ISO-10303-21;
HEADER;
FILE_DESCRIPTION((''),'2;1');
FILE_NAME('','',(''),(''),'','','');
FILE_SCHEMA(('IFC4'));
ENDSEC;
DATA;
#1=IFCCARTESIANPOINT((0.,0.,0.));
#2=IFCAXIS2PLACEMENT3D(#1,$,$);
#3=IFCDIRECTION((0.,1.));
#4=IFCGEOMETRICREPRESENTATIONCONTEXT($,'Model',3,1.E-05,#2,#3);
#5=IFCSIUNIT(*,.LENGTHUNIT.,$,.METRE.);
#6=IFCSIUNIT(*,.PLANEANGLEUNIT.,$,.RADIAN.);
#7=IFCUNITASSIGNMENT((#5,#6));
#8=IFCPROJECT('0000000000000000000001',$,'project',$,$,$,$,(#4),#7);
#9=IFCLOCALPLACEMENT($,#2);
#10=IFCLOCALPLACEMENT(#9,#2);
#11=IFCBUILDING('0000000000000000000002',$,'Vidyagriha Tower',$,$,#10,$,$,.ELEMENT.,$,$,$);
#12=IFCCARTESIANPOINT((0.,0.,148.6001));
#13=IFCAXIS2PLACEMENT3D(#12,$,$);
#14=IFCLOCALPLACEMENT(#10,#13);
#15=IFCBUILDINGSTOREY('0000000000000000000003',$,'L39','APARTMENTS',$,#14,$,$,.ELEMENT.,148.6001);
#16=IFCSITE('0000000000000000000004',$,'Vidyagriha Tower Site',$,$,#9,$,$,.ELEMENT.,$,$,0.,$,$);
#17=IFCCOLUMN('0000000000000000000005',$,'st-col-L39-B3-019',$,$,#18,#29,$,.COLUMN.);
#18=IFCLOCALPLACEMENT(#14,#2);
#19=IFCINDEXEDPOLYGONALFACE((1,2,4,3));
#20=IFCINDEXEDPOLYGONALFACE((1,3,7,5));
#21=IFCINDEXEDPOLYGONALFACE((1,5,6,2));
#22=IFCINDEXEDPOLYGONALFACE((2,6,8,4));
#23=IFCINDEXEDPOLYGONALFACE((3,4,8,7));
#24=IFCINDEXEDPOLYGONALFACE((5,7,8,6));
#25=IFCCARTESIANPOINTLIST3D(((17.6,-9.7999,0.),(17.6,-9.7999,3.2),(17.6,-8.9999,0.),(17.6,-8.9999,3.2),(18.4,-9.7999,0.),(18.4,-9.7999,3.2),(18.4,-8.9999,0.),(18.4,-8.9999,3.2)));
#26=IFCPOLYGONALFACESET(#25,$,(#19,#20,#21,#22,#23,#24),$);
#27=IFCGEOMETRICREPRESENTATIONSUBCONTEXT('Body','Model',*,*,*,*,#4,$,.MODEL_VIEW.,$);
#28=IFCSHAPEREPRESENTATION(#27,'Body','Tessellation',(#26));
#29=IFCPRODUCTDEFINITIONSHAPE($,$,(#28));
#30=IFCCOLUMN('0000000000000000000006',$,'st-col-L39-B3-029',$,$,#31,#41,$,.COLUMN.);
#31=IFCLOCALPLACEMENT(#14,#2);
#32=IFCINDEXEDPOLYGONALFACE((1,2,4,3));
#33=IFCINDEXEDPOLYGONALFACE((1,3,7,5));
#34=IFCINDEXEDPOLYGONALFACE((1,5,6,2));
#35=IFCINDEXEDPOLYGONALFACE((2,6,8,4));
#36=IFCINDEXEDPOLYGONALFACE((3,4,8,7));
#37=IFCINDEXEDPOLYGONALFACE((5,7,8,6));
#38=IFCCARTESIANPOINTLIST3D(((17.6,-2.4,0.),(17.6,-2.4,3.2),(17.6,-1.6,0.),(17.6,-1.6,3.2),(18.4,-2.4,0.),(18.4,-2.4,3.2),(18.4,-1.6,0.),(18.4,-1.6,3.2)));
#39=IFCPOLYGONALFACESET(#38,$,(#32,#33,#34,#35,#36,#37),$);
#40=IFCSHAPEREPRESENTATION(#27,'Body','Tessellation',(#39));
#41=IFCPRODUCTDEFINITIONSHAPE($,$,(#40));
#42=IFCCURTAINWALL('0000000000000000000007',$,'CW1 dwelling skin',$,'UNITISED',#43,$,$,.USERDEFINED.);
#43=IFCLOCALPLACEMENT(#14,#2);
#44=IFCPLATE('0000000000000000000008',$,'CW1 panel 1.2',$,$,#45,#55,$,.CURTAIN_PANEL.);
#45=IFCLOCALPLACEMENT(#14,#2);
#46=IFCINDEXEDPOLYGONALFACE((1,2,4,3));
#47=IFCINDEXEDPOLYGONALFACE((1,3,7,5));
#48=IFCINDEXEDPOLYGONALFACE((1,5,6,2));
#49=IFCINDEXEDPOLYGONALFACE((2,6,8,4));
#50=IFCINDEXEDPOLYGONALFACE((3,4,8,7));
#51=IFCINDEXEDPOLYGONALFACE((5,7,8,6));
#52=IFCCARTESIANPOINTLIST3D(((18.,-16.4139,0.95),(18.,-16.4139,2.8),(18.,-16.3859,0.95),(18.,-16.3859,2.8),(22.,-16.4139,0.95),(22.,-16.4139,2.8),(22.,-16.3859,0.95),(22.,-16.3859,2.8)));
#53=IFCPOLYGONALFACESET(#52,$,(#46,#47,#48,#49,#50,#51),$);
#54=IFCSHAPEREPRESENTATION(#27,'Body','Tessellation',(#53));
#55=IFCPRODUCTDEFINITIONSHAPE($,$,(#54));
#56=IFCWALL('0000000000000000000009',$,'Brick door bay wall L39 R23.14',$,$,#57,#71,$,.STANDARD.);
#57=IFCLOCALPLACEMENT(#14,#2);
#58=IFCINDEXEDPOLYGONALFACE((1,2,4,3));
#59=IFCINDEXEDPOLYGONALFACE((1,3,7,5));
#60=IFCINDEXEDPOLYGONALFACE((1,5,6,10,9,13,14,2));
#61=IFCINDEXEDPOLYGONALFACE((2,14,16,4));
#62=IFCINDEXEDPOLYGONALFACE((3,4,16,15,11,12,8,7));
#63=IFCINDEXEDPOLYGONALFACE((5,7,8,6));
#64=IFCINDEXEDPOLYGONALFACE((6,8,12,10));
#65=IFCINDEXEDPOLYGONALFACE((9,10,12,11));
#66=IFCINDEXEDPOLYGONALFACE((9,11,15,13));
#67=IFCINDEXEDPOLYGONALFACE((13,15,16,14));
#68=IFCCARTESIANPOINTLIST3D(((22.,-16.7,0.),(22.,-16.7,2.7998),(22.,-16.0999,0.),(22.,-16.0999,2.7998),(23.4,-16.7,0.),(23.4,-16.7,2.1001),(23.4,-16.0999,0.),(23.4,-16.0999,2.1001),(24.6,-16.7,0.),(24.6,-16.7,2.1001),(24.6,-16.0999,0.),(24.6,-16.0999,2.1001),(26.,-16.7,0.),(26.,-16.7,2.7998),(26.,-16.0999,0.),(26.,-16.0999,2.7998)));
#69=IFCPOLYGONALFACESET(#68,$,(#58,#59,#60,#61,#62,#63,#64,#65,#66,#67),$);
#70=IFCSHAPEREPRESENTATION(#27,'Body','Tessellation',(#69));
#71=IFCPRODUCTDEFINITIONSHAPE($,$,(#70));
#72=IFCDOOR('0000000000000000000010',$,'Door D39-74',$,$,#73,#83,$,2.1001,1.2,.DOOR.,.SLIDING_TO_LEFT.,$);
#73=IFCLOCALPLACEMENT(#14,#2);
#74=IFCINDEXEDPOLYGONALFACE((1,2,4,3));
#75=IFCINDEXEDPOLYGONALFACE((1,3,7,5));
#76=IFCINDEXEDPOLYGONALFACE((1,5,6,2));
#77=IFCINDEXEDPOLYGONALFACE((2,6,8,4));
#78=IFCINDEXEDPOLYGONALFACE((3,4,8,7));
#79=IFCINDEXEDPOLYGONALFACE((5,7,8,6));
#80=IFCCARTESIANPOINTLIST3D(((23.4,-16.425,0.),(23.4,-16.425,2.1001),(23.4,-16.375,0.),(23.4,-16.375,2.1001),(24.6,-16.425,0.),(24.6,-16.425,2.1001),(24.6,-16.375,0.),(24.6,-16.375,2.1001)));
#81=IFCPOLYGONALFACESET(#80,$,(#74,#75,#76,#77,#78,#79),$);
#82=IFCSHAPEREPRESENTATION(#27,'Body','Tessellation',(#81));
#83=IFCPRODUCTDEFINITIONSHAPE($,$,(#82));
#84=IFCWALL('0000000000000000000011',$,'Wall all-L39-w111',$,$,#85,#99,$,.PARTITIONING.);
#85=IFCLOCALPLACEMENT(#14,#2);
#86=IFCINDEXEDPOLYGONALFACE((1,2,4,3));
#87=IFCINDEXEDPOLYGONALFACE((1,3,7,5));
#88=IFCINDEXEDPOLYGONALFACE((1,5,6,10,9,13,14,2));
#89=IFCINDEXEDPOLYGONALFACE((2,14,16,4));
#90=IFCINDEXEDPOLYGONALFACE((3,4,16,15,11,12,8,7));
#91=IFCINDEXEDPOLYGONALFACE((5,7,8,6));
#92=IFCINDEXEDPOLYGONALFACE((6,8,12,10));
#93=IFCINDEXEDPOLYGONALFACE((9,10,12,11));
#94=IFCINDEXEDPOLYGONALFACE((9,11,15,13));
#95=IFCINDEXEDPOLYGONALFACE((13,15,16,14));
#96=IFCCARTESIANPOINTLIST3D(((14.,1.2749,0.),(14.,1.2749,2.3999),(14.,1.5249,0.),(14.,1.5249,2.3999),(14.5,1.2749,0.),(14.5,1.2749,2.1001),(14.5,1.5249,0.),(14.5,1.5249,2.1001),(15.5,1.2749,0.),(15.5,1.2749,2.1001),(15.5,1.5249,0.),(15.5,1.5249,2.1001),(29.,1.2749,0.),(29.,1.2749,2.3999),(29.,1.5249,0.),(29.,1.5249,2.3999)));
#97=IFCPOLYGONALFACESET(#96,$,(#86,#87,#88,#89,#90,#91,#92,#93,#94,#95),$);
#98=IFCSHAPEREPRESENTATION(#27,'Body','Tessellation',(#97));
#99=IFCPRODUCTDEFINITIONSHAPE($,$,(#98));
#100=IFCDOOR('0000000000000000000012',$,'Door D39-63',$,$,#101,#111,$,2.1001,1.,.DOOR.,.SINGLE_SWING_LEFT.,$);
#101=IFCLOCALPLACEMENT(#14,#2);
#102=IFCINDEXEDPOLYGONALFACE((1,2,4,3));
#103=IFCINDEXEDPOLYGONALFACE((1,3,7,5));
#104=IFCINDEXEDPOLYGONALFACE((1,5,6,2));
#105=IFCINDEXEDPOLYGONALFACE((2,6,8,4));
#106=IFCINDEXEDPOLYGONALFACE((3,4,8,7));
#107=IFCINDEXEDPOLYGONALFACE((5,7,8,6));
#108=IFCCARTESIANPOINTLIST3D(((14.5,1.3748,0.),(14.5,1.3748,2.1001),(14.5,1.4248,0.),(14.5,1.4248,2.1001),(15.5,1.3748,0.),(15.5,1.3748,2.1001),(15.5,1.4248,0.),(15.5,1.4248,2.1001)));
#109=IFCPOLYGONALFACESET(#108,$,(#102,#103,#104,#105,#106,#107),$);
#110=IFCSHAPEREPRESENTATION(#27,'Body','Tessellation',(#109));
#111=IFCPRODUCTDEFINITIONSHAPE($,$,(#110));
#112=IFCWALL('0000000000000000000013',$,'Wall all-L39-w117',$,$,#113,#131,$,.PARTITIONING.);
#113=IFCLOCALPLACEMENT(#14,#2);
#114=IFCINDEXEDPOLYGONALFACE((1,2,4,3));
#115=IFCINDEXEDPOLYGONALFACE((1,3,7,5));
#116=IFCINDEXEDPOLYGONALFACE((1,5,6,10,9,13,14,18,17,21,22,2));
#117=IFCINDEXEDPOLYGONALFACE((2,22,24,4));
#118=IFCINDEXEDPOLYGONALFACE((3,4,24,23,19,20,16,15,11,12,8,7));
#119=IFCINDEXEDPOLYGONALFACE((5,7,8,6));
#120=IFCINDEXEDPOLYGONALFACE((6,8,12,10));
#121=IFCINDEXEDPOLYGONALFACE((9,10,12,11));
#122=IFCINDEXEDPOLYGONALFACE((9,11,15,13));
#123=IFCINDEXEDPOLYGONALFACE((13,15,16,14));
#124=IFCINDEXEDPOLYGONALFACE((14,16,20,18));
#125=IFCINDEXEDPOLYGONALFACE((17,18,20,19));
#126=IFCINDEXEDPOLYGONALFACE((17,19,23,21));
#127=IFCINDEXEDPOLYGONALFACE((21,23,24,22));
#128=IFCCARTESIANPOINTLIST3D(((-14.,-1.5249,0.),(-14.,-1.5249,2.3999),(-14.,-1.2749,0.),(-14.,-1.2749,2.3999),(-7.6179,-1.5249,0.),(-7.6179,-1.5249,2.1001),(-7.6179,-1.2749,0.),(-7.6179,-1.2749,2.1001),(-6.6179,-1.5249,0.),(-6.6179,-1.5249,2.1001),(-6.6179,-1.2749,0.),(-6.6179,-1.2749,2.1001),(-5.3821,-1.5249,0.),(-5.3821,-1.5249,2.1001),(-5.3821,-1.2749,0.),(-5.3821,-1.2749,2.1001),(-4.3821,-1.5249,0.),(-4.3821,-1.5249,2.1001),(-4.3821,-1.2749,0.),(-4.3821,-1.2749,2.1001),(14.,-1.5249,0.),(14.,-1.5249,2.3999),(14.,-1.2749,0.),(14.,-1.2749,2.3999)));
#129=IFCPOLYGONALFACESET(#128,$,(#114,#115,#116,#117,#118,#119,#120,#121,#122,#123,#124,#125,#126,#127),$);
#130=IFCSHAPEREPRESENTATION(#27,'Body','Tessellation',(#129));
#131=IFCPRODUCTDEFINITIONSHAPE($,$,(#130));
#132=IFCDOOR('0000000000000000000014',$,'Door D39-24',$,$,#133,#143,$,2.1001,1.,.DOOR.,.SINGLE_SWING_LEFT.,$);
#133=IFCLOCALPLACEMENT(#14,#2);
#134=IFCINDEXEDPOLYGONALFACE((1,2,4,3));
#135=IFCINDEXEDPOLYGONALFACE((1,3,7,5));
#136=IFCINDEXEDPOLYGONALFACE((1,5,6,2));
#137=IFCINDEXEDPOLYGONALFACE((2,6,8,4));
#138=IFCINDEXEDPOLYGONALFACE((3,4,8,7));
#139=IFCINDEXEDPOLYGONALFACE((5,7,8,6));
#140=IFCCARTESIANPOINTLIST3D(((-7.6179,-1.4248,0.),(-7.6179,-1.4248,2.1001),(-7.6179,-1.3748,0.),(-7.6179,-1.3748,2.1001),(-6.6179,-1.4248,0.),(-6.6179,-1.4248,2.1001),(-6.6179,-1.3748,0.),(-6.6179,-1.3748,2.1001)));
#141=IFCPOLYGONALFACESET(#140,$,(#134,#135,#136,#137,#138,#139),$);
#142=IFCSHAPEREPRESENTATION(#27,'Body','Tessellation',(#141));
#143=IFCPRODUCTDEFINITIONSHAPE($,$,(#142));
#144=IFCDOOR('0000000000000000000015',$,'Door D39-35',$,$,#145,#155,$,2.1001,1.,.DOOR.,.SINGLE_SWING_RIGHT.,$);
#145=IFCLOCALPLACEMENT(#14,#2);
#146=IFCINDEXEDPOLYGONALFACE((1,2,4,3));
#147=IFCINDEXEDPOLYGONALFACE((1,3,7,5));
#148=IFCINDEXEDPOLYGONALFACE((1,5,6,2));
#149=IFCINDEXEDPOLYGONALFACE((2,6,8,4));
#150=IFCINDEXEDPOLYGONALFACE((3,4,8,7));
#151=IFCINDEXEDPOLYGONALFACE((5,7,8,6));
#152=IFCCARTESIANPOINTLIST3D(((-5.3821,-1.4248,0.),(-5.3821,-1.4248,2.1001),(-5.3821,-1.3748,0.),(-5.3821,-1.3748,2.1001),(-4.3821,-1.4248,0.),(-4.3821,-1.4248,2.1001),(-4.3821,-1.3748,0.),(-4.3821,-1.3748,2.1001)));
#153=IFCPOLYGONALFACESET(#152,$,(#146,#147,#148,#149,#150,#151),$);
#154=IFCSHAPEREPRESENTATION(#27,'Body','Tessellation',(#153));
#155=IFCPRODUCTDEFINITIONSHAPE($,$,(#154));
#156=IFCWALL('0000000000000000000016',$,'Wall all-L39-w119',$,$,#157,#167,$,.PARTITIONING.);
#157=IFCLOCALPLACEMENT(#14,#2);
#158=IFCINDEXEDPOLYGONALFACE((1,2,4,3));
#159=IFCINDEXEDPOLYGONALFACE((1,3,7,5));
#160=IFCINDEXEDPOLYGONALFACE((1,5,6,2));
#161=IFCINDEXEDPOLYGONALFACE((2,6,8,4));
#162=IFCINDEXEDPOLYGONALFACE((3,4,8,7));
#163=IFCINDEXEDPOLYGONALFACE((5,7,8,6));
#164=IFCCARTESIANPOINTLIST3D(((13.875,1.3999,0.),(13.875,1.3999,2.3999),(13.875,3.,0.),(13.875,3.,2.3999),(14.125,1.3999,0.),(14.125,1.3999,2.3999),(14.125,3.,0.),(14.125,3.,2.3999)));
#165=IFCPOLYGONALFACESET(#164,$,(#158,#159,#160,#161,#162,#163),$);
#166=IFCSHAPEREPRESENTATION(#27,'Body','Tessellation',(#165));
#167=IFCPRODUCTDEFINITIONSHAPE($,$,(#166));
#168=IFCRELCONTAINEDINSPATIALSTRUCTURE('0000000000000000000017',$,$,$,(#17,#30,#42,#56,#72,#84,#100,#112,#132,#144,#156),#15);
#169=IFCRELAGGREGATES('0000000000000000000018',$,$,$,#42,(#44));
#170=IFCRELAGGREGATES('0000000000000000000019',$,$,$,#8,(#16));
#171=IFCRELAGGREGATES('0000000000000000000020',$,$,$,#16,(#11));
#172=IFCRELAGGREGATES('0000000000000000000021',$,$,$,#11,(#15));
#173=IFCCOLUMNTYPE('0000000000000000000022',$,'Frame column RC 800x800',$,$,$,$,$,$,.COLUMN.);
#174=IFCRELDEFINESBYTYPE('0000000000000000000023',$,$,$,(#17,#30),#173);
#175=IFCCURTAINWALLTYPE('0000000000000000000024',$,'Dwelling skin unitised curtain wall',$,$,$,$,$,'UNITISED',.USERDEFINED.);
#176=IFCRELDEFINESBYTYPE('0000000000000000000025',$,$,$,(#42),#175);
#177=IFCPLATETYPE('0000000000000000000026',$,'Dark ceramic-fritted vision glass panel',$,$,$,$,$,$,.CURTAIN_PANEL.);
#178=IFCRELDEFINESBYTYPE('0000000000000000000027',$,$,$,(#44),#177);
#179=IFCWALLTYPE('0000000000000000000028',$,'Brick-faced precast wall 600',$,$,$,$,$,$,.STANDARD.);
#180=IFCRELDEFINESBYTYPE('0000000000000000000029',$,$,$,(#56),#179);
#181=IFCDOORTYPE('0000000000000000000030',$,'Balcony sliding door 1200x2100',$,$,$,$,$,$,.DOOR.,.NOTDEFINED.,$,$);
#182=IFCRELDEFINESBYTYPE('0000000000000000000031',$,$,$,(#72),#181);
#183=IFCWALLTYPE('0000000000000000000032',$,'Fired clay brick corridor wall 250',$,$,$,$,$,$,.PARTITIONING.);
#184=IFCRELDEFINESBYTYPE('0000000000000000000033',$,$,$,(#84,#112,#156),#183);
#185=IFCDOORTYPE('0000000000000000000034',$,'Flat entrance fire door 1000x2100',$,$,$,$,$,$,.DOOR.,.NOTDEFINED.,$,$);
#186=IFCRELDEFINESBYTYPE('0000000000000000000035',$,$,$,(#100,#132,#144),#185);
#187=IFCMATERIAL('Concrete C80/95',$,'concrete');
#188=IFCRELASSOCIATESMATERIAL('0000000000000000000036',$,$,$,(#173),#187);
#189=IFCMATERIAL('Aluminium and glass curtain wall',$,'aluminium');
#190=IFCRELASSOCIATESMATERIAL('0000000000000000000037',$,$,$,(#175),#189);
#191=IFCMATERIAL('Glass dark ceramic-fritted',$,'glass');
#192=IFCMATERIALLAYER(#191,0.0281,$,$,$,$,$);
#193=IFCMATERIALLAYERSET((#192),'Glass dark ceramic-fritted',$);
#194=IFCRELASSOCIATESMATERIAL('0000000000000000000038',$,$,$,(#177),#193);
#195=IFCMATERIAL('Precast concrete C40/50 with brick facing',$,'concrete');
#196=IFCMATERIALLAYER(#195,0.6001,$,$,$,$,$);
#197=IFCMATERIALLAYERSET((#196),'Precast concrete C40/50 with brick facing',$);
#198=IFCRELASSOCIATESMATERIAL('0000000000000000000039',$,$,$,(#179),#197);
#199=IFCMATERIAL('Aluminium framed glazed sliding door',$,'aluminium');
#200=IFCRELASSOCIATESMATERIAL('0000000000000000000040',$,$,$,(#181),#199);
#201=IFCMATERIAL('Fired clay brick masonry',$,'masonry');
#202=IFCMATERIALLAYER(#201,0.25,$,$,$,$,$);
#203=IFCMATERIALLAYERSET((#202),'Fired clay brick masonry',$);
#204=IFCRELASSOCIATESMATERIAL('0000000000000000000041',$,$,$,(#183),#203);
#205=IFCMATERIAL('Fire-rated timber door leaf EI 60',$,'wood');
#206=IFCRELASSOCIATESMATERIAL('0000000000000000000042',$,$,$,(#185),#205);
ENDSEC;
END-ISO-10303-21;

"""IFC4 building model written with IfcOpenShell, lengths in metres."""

from ifc_helpers import new_model, si_unit, direction, frame, frame_2d, origin, origin_2d, place, context, subcontext, project, spatial, rectangle, extrude, material, layer, layer_set, material_profile, profile_set, type_object, element, fill, aggregate, save


model = new_model("IFC4")

# Units and contexts
model_context = context("Model", 3, precision=1e-05, world=origin(), true_north=direction((0.0, 1.0)))
body_context = subcontext(model_context, "Body", "Model", "MODEL_VIEW")
ifc_project = project(units=[si_unit("LENGTHUNIT", "METRE"), si_unit("PLANEANGLEUNIT", "RADIAN")], contexts=[model_context])

# Site, building, storey
site_placement = place(None, origin())
site = spatial("IfcSite", under=ifc_project, at=site_placement, Name="Vidyagriha Tower Site", CompositionType="ELEMENT", RefElevation=0.0)
building_placement = place(site_placement, origin())
building = spatial("IfcBuilding", under=site, at=building_placement, Name="Vidyagriha Tower", CompositionType="ELEMENT")
storey_placement = place(building_placement, frame((0.0, 0.0, 148.6001)))
storey = spatial("IfcBuildingStorey", under=building, at=storey_placement, Name="L39", Description="APARTMENTS", CompositionType="ELEMENT", Elevation=148.6001)

# Columns
ifc_material_1 = material(Name="Concrete C80/95", Category="concrete")
ifc_material_profile = material_profile(ifc_material_1, rectangle(XDim=0.8, YDim=0.8, at=origin_2d()), Name="RC 800x800")
ifc_profile_set = profile_set([ifc_material_profile], Name="Concrete C80/95")
column_type = type_object("IfcColumnType", Name="Frame column RC 800x800", PredefinedType="COLUMN", material=ifc_profile_set)
for number, where, name in (
    (1, (18.0, -9.3999, 0.0), "st-col-L39-B3-019"),
    (2, (18.0, -2.0, 0.0), "st-col-L39-B3-029"),
):
    element("IfcColumn", number, at=place(storey_placement, frame(where)), inside=storey, type_object=column_type, Name=name, PredefinedType="COLUMN", context=body_context, shape_type="SweptSolid", body=[
        extrude(rectangle(XDim=0.8, YDim=0.8, at=origin_2d()), origin(), (0.0, 0.0, 1.0), 3.2),
    ])

# Curtain wall, plate
ifc_material_2 = material(Name="Aluminium and glass curtain wall", Category="aluminium")
curtain_wall_type = type_object("IfcCurtainWallType", Name="Dwelling skin unitised curtain wall", ElementType="UNITISED", PredefinedType="USERDEFINED", material=ifc_material_2)
curtain_wall_placement = place(storey_placement, origin())
curtain_wall = element("IfcCurtainWall", 3, at=curtain_wall_placement, inside=storey, type_object=curtain_wall_type, Name="CW1 dwelling skin", ObjectType="UNITISED", PredefinedType="USERDEFINED")
ifc_material_3 = material(Name="Glass dark ceramic-fritted", Category="glass")
ifc_layer_1 = layer(ifc_material_3, 0.0281)
ifc_layer_set_1 = layer_set([ifc_layer_1], Name="Glass dark ceramic-fritted")
plate_type = type_object("IfcPlateType", Name="Dark ceramic-fritted vision glass panel", PredefinedType="CURTAIN_PANEL", material=ifc_layer_set_1)
plate_placement = place(storey_placement, frame((20.0, -16.3999, 0.95)))
plate = element("IfcPlate", 4, at=plate_placement, type_object=plate_type, Name="CW1 panel 1.2", PredefinedType="CURTAIN_PANEL", context=body_context, shape_type="SweptSolid", body=[
    extrude(rectangle(XDim=4.0, YDim=0.0281, at=origin_2d()), origin(), (0.0, 0.0, 1.0), 1.8501),
])
aggregate(curtain_wall, [plate])

# Walls, openings, doors
ifc_material_4 = material(Name="Precast concrete C40/50 with brick facing", Category="concrete")
ifc_layer_2 = layer(ifc_material_4, 0.6001)
ifc_layer_set_2 = layer_set([ifc_layer_2], Name="Precast concrete C40/50 with brick facing")
wall_type_1 = type_object("IfcWallType", Name="Brick-faced precast wall 600", PredefinedType="STANDARD", material=ifc_layer_set_2)
wall_1_placement = place(storey_placement, frame((22.0, -16.3999, 0.0)))
wall_1 = element("IfcWall", 5, at=wall_1_placement, inside=storey, type_object=wall_type_1, Name="Brick door bay wall L39 R23.14", PredefinedType="STANDARD", context=body_context, shape_type="SweptSolid", body=[
    extrude(rectangle(XDim=4.0, YDim=0.6001, at=frame_2d((2.0, 0.0))), origin(), (0.0, 0.0, 1.0), 2.7998),
])
opening_1_placement = place(wall_1_placement, frame((1.3999, 0.0, 0.0)))
opening_1 = element("IfcOpeningElement", 6, at=opening_1_placement, cuts=wall_1, PredefinedType="OPENING", context=body_context, shape_type="SweptSolid", body=[
    extrude(rectangle(XDim=1.2, YDim=2.1001, at=frame_2d((0.6001, 1.05))), frame((0.0, 0.3101, 0.0), z_axis=(0.0, -1.0, 0.0), x_axis=(1.0, 0.0, 0.0)), (0.0, 0.0, 1.0), 0.6201),
])
ifc_material_5 = material(Name="Aluminium framed glazed sliding door", Category="aluminium")
door_type_1 = type_object("IfcDoorType", Name="Balcony sliding door 1200x2100", OperationType="NOTDEFINED", PredefinedType="DOOR", material=ifc_material_5)
door_1_placement = place(opening_1_placement, origin())
door_1 = element("IfcDoor", 7, at=door_1_placement, inside=storey, type_object=door_type_1, Name="Door D39-74", OperationType="SLIDING_TO_LEFT", OverallHeight=2.1001, OverallWidth=1.2, PredefinedType="DOOR", context=body_context, shape_type="SweptSolid", body=[
    extrude(rectangle(XDim=1.2, YDim=2.1001, at=frame_2d((0.6001, 1.05))), frame((0.0, 0.0249, 0.0), z_axis=(0.0, -1.0, 0.0), x_axis=(1.0, 0.0, 0.0)), (0.0, 0.0, 1.0), 0.05),
])
fill(opening_1, door_1)
ifc_material_6 = material(Name="Fired clay brick masonry", Category="masonry")
ifc_layer_3 = layer(ifc_material_6, 0.25)
ifc_layer_set_3 = layer_set([ifc_layer_3], Name="Fired clay brick masonry")
wall_type_2 = type_object("IfcWallType", Name="Fired clay brick corridor wall 250", PredefinedType="PARTITIONING", material=ifc_layer_set_3)
wall_2_placement = place(storey_placement, frame((14.0, 1.3999, 0.0)))
wall_2 = element("IfcWall", 8, at=wall_2_placement, inside=storey, type_object=wall_type_2, Name="Wall all-L39-w111", PredefinedType="PARTITIONING", context=body_context, shape_type="SweptSolid", body=[
    extrude(rectangle(XDim=15.0, YDim=0.25, at=frame_2d((7.5, 0.0))), origin(), (0.0, 0.0, 1.0), 2.3999),
])
opening_2_placement = place(wall_2_placement, frame((0.5, 0.0, 0.0)))
opening_2 = element("IfcOpeningElement", 9, at=opening_2_placement, cuts=wall_2, PredefinedType="OPENING", context=body_context, shape_type="SweptSolid", body=[
    extrude(rectangle(XDim=1.0, YDim=2.1001, at=frame_2d((0.5, 1.05))), frame((0.0, 0.135, 0.0), z_axis=(0.0, -1.0, 0.0), x_axis=(1.0, 0.0, 0.0)), (0.0, 0.0, 1.0), 0.27),
])
ifc_material_7 = material(Name="Fire-rated timber door leaf EI 60", Category="wood")
door_type_2 = type_object("IfcDoorType", Name="Flat entrance fire door 1000x2100", OperationType="NOTDEFINED", PredefinedType="DOOR", material=ifc_material_7)
door_2_placement = place(opening_2_placement, origin())
door_2 = element("IfcDoor", 10, at=door_2_placement, inside=storey, type_object=door_type_2, Name="Door D39-63", OperationType="SINGLE_SWING_LEFT", OverallHeight=2.1001, OverallWidth=1.0, PredefinedType="DOOR", context=body_context, shape_type="SweptSolid", body=[
    extrude(rectangle(XDim=1.0, YDim=2.1001, at=frame_2d((0.5, 1.05))), frame((0.0, 0.0249, 0.0), z_axis=(0.0, -1.0, 0.0), x_axis=(1.0, 0.0, 0.0)), (0.0, 0.0, 1.0), 0.05),
])
fill(opening_2, door_2)

# Wall, openings, doors
wall_3_placement = place(storey_placement, frame((14.0, -1.3999, 0.0), z_axis=(0.0, 0.0, 1.0), x_axis=(-1.0, 0.0, 0.0)))
wall_3 = element("IfcWall", 11, at=wall_3_placement, inside=storey, type_object=wall_type_2, Name="Wall all-L39-w117", PredefinedType="PARTITIONING", context=body_context, shape_type="SweptSolid", body=[
    extrude(rectangle(XDim=28.0, YDim=0.25, at=frame_2d((14.0, 0.0))), origin(), (0.0, 0.0, 1.0), 2.3999),
])
opening_3_placement = place(wall_3_placement, frame((20.6179, 0.0, 0.0)))
opening_3 = element("IfcOpeningElement", 12, at=opening_3_placement, cuts=wall_3, PredefinedType="OPENING", context=body_context, shape_type="SweptSolid", body=[
    extrude(rectangle(XDim=1.0, YDim=2.1001, at=frame_2d((0.5, 1.05))), frame((0.0, 0.135, 0.0), z_axis=(0.0, -1.0, 0.0), x_axis=(1.0, 0.0, 0.0)), (0.0, 0.0, 1.0), 0.27),
])
opening_4_placement = place(wall_3_placement, frame((18.3821, 0.0, 0.0)))
opening_4 = element("IfcOpeningElement", 13, at=opening_4_placement, cuts=wall_3, PredefinedType="OPENING", context=body_context, shape_type="SweptSolid", body=[
    extrude(rectangle(XDim=1.0, YDim=2.1001, at=frame_2d((0.5, 1.05))), frame((0.0, 0.135, 0.0), z_axis=(0.0, -1.0, 0.0), x_axis=(1.0, 0.0, 0.0)), (0.0, 0.0, 1.0), 0.27),
])
door_3_placement = place(opening_3_placement, origin())
door_3 = element("IfcDoor", 14, at=door_3_placement, inside=storey, type_object=door_type_2, Name="Door D39-24", OperationType="SINGLE_SWING_LEFT", OverallHeight=2.1001, OverallWidth=1.0, PredefinedType="DOOR", context=body_context, shape_type="SweptSolid", body=[
    extrude(rectangle(XDim=1.0, YDim=2.1001, at=frame_2d((0.5, 1.05))), frame((0.0, 0.0249, 0.0), z_axis=(0.0, -1.0, 0.0), x_axis=(1.0, 0.0, 0.0)), (0.0, 0.0, 1.0), 0.05),
])
fill(opening_3, door_3)
door_4_placement = place(opening_4_placement, origin())
door_4 = element("IfcDoor", 15, at=door_4_placement, inside=storey, type_object=door_type_2, Name="Door D39-35", OperationType="SINGLE_SWING_RIGHT", OverallHeight=2.1001, OverallWidth=1.0, PredefinedType="DOOR", context=body_context, shape_type="SweptSolid", body=[
    extrude(rectangle(XDim=1.0, YDim=2.1001, at=frame_2d((0.5, 1.05))), frame((0.0, 0.0249, 0.0), z_axis=(0.0, -1.0, 0.0), x_axis=(1.0, 0.0, 0.0)), (0.0, 0.0, 1.0), 0.05),
])
fill(opening_4, door_4)

# Wall
wall_4_placement = place(storey_placement, frame((14.0, 1.3999, 0.0), z_axis=(0.0, 0.0, 1.0), x_axis=(0.0, 1.0, 0.0)))
element("IfcWall", 16, at=wall_4_placement, inside=storey, type_object=wall_type_2, Name="Wall all-L39-w119", PredefinedType="PARTITIONING", context=body_context, shape_type="SweptSolid", body=[
    extrude(rectangle(XDim=1.6001, YDim=0.25, at=frame_2d((0.8, 0.0))), origin(), (0.0, 0.0, 1.0), 2.3999),
])

save(model, "model.ifc")
